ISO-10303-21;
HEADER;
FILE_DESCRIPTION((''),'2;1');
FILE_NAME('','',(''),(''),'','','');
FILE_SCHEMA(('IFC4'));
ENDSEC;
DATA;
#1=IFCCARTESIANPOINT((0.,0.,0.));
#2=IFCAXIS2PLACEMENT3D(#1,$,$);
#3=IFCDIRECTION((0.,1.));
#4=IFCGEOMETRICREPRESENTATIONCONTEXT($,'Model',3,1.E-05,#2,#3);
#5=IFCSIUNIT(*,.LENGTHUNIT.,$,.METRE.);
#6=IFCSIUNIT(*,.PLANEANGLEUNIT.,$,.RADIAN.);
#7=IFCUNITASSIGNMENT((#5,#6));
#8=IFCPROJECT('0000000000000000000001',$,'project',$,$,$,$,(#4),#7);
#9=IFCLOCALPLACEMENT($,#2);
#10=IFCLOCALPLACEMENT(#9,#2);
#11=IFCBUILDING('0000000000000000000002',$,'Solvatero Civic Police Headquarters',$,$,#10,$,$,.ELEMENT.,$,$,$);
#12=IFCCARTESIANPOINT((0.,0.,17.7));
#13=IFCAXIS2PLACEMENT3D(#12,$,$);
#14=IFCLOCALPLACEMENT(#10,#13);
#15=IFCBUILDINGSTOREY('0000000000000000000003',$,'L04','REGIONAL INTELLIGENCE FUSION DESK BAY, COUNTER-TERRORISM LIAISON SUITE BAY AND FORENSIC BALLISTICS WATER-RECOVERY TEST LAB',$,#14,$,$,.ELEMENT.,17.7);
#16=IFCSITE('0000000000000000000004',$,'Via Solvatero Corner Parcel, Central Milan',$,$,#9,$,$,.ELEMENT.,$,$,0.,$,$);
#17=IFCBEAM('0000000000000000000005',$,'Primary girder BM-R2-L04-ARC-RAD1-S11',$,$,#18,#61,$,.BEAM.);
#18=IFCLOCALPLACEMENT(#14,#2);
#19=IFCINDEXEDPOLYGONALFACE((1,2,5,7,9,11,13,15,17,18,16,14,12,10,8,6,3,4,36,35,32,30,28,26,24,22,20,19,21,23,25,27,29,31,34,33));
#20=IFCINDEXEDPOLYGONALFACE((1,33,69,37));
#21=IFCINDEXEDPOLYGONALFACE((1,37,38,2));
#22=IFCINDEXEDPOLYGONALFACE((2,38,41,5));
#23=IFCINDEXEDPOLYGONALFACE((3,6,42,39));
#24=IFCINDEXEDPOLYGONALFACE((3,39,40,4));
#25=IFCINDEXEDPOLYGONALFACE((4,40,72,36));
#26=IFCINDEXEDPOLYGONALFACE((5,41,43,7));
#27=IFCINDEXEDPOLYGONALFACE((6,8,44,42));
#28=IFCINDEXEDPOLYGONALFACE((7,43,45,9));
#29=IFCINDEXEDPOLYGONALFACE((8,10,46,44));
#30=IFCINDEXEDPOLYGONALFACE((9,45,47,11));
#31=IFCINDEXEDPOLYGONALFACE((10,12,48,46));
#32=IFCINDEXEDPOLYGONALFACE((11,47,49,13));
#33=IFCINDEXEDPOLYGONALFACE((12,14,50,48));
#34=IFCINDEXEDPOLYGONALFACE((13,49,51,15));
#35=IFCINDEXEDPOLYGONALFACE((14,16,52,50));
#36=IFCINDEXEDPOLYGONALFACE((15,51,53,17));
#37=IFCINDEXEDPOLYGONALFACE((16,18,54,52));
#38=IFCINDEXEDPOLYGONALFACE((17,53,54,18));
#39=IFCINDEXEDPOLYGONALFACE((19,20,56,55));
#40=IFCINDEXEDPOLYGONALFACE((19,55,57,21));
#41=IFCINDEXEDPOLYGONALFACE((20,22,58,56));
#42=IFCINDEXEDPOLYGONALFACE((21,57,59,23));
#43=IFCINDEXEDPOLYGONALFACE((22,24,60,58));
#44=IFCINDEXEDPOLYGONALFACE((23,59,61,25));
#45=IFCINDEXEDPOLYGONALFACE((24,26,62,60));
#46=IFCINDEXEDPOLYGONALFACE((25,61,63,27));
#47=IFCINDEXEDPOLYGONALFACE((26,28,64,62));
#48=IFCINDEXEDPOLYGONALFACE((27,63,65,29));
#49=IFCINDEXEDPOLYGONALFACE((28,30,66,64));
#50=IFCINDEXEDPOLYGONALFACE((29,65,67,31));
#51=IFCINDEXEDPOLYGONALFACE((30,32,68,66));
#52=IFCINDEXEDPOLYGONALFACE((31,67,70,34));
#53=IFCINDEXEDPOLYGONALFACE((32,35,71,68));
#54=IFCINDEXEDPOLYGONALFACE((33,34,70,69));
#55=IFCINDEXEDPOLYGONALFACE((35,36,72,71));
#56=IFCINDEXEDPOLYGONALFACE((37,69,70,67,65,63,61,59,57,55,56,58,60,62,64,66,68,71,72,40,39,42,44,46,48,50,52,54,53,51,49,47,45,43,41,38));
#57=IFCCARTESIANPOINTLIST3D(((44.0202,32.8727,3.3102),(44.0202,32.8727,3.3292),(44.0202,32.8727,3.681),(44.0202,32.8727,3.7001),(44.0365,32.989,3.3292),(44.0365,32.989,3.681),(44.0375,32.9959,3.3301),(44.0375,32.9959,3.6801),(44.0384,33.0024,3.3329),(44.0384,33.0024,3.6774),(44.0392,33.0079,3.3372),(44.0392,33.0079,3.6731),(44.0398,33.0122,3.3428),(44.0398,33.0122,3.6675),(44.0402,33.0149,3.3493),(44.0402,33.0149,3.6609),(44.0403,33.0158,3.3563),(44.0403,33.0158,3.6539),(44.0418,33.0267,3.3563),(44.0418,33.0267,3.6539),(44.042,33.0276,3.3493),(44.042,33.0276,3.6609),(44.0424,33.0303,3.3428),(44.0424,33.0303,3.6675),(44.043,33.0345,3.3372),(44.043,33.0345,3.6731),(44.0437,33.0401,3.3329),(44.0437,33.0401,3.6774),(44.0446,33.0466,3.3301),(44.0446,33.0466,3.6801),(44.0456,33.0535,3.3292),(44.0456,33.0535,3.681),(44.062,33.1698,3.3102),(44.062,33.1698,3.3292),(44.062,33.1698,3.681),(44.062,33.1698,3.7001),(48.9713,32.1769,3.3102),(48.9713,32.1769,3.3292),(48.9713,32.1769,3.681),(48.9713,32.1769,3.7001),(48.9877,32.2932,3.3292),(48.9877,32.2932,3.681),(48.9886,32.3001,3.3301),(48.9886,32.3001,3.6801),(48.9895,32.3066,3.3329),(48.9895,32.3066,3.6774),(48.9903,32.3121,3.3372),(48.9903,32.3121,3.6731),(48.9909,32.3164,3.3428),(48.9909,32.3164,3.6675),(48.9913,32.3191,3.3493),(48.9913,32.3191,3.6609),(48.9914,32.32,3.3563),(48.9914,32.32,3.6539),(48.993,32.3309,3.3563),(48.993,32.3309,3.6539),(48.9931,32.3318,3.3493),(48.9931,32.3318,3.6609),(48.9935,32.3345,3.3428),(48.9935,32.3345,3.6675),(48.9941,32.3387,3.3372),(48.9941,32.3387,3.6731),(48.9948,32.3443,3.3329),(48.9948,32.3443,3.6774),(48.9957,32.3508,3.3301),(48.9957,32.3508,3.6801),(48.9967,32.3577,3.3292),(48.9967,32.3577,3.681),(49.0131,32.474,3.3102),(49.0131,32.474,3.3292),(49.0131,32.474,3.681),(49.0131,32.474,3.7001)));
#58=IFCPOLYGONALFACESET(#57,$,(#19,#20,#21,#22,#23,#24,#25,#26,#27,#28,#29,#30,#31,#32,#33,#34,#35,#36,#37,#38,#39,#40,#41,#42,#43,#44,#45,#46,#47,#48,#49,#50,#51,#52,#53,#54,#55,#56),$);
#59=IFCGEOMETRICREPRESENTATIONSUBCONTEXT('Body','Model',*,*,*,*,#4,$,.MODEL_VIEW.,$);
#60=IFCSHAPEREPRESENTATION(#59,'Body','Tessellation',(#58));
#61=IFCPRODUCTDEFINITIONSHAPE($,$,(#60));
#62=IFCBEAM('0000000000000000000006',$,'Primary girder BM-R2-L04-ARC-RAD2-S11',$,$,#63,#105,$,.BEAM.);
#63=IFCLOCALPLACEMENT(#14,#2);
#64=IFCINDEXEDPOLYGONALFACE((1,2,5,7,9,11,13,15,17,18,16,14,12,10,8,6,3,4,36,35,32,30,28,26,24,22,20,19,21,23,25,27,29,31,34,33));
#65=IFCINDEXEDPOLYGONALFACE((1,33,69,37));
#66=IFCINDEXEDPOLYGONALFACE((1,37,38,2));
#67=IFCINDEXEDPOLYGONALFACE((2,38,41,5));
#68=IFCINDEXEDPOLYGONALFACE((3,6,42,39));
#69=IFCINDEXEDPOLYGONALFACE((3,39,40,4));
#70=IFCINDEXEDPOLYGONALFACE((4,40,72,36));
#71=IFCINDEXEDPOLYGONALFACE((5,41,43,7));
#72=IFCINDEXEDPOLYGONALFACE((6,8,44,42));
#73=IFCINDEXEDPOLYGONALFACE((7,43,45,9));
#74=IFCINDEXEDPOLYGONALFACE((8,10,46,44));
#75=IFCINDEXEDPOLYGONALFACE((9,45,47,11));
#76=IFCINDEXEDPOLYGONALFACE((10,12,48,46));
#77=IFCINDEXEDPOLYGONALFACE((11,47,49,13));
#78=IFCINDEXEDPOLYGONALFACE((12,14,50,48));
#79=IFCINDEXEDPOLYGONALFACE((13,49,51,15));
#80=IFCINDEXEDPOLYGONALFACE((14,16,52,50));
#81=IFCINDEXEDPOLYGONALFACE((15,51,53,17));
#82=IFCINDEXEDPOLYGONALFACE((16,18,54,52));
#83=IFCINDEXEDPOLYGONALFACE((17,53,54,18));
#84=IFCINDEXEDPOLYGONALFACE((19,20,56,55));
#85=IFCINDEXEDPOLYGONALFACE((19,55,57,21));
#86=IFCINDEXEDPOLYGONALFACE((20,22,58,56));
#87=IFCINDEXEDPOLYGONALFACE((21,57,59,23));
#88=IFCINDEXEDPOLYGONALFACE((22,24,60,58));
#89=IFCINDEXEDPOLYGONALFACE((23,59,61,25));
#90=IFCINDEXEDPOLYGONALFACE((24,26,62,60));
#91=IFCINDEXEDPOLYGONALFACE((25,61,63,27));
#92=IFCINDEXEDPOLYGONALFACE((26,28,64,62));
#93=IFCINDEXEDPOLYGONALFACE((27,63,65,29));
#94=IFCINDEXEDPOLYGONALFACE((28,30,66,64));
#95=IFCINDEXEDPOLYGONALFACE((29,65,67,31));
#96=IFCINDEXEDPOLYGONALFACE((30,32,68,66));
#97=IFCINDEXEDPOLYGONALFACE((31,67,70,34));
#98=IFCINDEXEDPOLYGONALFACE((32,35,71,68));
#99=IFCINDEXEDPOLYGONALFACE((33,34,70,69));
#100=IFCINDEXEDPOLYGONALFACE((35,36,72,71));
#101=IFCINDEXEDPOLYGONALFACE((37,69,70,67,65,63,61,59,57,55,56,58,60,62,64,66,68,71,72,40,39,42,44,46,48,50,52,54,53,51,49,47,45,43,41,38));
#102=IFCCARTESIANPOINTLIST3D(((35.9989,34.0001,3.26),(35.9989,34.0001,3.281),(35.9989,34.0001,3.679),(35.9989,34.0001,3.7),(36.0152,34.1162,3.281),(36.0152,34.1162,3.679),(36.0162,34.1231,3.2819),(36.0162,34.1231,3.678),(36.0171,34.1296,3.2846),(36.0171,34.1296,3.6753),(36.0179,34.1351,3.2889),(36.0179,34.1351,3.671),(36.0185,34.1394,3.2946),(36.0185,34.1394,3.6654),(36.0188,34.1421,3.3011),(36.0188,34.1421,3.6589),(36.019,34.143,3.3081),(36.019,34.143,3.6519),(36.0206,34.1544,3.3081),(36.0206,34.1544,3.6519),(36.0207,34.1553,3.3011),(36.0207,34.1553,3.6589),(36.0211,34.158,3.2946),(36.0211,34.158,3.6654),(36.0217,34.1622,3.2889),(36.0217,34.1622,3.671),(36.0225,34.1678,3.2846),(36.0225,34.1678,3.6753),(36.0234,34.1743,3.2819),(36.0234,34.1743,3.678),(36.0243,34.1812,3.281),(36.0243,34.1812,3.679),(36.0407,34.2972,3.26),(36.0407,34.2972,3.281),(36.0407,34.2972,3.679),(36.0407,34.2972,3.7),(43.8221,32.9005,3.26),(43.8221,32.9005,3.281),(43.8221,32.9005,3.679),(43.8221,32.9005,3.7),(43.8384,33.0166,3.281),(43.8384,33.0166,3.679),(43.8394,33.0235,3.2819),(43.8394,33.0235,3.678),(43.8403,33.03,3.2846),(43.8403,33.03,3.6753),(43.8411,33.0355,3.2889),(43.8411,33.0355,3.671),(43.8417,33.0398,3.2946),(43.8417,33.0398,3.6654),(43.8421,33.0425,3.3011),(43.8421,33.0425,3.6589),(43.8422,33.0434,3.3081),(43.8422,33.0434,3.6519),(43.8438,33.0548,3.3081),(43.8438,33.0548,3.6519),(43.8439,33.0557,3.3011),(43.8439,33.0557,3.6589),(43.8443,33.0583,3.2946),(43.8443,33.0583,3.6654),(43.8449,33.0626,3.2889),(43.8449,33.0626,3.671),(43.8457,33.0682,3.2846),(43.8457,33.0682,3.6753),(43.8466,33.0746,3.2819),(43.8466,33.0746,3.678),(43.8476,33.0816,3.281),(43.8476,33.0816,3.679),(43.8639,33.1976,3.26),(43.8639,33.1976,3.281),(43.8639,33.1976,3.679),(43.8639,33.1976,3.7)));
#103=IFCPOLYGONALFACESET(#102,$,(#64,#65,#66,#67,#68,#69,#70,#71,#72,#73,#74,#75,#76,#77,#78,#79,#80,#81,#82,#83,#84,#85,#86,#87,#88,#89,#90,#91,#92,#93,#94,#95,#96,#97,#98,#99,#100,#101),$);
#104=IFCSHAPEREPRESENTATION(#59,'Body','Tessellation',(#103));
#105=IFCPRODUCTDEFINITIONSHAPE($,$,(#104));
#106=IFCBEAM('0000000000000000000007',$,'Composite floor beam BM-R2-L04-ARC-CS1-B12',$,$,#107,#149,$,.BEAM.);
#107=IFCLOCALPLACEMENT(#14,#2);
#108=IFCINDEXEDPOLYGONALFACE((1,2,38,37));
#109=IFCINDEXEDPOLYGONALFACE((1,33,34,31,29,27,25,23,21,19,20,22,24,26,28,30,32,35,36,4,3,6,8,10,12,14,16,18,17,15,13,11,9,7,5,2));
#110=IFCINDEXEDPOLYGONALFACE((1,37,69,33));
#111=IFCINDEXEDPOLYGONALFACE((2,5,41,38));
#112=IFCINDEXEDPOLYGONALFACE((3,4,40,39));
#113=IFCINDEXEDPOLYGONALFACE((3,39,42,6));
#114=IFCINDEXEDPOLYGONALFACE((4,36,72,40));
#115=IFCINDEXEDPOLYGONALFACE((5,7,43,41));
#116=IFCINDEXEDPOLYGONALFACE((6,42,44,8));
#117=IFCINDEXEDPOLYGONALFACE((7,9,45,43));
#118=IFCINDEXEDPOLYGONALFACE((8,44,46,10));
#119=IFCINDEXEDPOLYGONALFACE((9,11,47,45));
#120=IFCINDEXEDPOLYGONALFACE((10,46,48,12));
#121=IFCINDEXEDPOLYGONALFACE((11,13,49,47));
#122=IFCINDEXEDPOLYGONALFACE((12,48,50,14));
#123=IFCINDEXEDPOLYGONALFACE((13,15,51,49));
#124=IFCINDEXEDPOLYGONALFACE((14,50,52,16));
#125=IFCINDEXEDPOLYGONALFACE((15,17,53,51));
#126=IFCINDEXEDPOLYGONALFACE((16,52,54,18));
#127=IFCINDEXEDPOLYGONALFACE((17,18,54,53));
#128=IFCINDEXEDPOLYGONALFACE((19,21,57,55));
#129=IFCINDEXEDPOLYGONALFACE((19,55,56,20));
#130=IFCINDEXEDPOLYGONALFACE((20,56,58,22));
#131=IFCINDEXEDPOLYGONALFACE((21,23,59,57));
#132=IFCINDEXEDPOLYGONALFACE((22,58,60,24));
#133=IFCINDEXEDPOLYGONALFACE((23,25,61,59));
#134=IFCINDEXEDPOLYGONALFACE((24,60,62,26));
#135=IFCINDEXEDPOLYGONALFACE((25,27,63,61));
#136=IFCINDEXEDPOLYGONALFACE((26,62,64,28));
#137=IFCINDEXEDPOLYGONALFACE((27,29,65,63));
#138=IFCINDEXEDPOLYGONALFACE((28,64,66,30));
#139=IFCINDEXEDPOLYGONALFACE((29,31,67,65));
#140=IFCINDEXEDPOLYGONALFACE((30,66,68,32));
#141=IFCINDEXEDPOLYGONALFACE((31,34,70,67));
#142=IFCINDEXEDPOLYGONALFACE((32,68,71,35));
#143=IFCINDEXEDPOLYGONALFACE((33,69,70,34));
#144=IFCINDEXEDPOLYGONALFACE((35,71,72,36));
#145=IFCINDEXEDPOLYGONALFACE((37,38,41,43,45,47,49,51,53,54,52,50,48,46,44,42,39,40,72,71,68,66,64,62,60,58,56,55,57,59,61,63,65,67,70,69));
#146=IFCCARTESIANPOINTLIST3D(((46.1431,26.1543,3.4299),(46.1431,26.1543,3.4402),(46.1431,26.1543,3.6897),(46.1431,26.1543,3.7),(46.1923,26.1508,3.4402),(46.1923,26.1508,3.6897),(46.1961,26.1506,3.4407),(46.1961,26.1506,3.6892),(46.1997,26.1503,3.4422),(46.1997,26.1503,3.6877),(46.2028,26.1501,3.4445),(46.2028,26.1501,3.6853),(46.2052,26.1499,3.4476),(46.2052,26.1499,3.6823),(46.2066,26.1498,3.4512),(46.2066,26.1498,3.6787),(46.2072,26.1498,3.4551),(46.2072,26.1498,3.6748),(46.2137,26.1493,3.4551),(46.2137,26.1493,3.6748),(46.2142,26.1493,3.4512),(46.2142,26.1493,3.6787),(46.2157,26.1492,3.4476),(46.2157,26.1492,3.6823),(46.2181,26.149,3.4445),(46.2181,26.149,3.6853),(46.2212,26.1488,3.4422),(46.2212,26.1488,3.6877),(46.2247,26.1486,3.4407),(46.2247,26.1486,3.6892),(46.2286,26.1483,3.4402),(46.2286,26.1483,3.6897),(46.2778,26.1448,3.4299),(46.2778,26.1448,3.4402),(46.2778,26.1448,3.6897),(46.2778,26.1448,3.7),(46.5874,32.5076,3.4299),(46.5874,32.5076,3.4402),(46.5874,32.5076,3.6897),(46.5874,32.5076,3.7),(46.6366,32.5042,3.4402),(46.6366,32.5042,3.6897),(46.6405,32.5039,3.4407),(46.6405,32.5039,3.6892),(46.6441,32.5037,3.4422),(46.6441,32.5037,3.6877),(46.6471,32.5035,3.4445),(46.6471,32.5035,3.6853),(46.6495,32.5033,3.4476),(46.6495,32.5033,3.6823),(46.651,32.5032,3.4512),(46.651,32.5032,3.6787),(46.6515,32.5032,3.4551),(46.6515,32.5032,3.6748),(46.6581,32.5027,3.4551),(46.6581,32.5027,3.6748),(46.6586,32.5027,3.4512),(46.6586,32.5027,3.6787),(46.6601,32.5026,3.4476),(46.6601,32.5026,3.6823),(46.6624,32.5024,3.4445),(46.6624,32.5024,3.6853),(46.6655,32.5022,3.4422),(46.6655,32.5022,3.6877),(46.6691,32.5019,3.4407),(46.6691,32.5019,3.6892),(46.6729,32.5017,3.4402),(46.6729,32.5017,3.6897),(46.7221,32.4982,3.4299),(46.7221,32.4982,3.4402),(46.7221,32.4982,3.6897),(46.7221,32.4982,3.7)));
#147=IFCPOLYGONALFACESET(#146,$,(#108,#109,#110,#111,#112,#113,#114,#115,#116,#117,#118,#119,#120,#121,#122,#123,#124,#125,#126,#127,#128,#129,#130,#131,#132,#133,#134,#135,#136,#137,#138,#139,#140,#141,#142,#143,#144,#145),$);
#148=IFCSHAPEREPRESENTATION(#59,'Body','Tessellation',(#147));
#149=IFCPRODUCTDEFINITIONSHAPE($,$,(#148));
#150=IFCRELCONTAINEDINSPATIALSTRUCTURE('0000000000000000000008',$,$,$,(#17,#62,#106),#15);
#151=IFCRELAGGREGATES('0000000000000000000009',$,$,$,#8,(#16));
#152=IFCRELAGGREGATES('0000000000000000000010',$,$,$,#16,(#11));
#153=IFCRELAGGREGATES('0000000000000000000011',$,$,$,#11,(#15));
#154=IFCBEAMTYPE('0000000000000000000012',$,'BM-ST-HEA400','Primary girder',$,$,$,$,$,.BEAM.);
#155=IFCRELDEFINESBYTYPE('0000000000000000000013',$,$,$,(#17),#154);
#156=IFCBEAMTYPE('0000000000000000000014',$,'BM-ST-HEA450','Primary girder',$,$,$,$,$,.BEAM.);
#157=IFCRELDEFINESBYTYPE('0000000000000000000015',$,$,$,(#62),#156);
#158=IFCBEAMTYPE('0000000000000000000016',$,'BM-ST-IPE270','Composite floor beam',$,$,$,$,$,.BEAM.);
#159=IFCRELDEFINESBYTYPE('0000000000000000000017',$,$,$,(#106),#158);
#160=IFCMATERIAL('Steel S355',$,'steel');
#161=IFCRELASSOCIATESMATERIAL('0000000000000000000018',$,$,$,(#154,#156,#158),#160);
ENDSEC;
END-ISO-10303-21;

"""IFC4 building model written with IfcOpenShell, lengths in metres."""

from ifc_helpers import new_model, si_unit, direction, frame, origin, origin_2d, place, context, subcontext, project, spatial, i_section, extrude, material, material_profile, profile_set, type_object, element, save


model = new_model("IFC4")

# Units and contexts
model_context = context("Model", 3, precision=1e-05, world=origin(), true_north=direction((0.0, 1.0)))
body_context = subcontext(model_context, "Body", "Model", "MODEL_VIEW")
ifc_project = project(units=[si_unit("LENGTHUNIT", "METRE"), si_unit("PLANEANGLEUNIT", "RADIAN")], contexts=[model_context])

# Site, building, storey
site_placement = place(None, origin())
site = spatial("IfcSite", under=ifc_project, at=site_placement, Name="Via Solvatero Corner Parcel, Central Milan", CompositionType="ELEMENT", RefElevation=0.0)
building_placement = place(site_placement, origin())
building = spatial("IfcBuilding", under=site, at=building_placement, Name="Solvatero Civic Police Headquarters", CompositionType="ELEMENT")
storey_placement = place(building_placement, frame((0.0, 0.0, 17.7)))
storey = spatial("IfcBuildingStorey", under=building, at=storey_placement, Name="L04", Description="REGIONAL INTELLIGENCE FUSION DESK BAY, COUNTER-TERRORISM LIAISON SUITE BAY AND FORENSIC BALLISTICS WATER-RECOVERY TEST LAB", CompositionType="ELEMENT", Elevation=17.7)

# Shared definitions
ifc_material_1 = material(Name="Steel S355", Category="steel")

# Beams
ifc_material_profile_1 = material_profile(ifc_material_1, i_section(OverallWidth=0.3, OverallDepth=0.3899, WebThickness=0.011, FlangeThickness=0.019, FilletRadius=0.0271, at=origin_2d()), Name="HEA 400")
ifc_profile_set_1 = profile_set([ifc_material_profile_1], Name="Steel S355")
beam_type_1 = type_object("IfcBeamType", Name="BM-ST-HEA400", Description="Primary girder", PredefinedType="BEAM", material=ifc_profile_set_1)
beam_1_placement = place(storey_placement, frame((48.9922, 32.3254, 3.5051), z_axis=(-0.990269, 0.139165, 0.0), x_axis=(-0.139165, -0.990269, 0.0)))
element("IfcBeam", 1, at=beam_1_placement, inside=storey, type_object=beam_type_1, Name="Primary girder BM-R2-L04-ARC-RAD1-S11", PredefinedType="BEAM", context=body_context, shape_type="SweptSolid", body=[
    extrude(i_section(OverallWidth=0.3, OverallDepth=0.3899, WebThickness=0.011, FlangeThickness=0.019, FilletRadius=0.0271, at=origin_2d()), origin(), (0.0, 0.0, 1.0), 4.9998),
])
ifc_material_profile_2 = material_profile(ifc_material_1, i_section(OverallWidth=0.3, OverallDepth=0.4399, WebThickness=0.0115, FlangeThickness=0.021, FilletRadius=0.0271, at=origin_2d()), Name="HEA 450")
ifc_profile_set_2 = profile_set([ifc_material_profile_2], Name="Steel S355")
beam_type_2 = type_object("IfcBeamType", Name="BM-ST-HEA450", Description="Primary girder", PredefinedType="BEAM", material=ifc_profile_set_2)
beam_2_placement = place(storey_placement, frame((43.843, 33.0491, 3.48), z_axis=(-0.990266, 0.139189, 0.0), x_axis=(-0.139189, -0.990266, 0.0)))
element("IfcBeam", 2, at=beam_2_placement, inside=storey, type_object=beam_type_2, Name="Primary girder BM-R2-L04-ARC-RAD2-S11", PredefinedType="BEAM", context=body_context, shape_type="SweptSolid", body=[
    extrude(i_section(OverallWidth=0.3, OverallDepth=0.4399, WebThickness=0.0115, FlangeThickness=0.021, FilletRadius=0.0271, at=origin_2d()), origin(), (0.0, 0.0, 1.0), 7.9001),
])
ifc_material_profile_3 = material_profile(ifc_material_1, i_section(OverallWidth=0.135, OverallDepth=0.27, WebThickness=0.0066, FlangeThickness=0.0103, FilletRadius=0.0149, at=origin_2d()), Name="IPE 270")
ifc_profile_set_3 = profile_set([ifc_material_profile_3], Name="Steel S355")
beam_type_3 = type_object("IfcBeamType", Name="BM-ST-IPE270", Description="Composite floor beam", PredefinedType="BEAM", material=ifc_profile_set_3)
beam_3_placement = place(storey_placement, frame((46.6548, 32.5029, 3.5649), z_axis=(-0.069768, -0.997563, 0.0), x_axis=(0.997563, -0.069768, 0.0)))
element("IfcBeam", 3, at=beam_3_placement, inside=storey, type_object=beam_type_3, Name="Composite floor beam BM-R2-L04-ARC-CS1-B12", PredefinedType="BEAM", context=body_context, shape_type="SweptSolid", body=[
    extrude(i_section(OverallWidth=0.135, OverallDepth=0.27, WebThickness=0.0066, FlangeThickness=0.0103, FilletRadius=0.0149, at=origin_2d()), origin(), (0.0, 0.0, 1.0), 6.3689),
])

save(model, "model.ifc")
